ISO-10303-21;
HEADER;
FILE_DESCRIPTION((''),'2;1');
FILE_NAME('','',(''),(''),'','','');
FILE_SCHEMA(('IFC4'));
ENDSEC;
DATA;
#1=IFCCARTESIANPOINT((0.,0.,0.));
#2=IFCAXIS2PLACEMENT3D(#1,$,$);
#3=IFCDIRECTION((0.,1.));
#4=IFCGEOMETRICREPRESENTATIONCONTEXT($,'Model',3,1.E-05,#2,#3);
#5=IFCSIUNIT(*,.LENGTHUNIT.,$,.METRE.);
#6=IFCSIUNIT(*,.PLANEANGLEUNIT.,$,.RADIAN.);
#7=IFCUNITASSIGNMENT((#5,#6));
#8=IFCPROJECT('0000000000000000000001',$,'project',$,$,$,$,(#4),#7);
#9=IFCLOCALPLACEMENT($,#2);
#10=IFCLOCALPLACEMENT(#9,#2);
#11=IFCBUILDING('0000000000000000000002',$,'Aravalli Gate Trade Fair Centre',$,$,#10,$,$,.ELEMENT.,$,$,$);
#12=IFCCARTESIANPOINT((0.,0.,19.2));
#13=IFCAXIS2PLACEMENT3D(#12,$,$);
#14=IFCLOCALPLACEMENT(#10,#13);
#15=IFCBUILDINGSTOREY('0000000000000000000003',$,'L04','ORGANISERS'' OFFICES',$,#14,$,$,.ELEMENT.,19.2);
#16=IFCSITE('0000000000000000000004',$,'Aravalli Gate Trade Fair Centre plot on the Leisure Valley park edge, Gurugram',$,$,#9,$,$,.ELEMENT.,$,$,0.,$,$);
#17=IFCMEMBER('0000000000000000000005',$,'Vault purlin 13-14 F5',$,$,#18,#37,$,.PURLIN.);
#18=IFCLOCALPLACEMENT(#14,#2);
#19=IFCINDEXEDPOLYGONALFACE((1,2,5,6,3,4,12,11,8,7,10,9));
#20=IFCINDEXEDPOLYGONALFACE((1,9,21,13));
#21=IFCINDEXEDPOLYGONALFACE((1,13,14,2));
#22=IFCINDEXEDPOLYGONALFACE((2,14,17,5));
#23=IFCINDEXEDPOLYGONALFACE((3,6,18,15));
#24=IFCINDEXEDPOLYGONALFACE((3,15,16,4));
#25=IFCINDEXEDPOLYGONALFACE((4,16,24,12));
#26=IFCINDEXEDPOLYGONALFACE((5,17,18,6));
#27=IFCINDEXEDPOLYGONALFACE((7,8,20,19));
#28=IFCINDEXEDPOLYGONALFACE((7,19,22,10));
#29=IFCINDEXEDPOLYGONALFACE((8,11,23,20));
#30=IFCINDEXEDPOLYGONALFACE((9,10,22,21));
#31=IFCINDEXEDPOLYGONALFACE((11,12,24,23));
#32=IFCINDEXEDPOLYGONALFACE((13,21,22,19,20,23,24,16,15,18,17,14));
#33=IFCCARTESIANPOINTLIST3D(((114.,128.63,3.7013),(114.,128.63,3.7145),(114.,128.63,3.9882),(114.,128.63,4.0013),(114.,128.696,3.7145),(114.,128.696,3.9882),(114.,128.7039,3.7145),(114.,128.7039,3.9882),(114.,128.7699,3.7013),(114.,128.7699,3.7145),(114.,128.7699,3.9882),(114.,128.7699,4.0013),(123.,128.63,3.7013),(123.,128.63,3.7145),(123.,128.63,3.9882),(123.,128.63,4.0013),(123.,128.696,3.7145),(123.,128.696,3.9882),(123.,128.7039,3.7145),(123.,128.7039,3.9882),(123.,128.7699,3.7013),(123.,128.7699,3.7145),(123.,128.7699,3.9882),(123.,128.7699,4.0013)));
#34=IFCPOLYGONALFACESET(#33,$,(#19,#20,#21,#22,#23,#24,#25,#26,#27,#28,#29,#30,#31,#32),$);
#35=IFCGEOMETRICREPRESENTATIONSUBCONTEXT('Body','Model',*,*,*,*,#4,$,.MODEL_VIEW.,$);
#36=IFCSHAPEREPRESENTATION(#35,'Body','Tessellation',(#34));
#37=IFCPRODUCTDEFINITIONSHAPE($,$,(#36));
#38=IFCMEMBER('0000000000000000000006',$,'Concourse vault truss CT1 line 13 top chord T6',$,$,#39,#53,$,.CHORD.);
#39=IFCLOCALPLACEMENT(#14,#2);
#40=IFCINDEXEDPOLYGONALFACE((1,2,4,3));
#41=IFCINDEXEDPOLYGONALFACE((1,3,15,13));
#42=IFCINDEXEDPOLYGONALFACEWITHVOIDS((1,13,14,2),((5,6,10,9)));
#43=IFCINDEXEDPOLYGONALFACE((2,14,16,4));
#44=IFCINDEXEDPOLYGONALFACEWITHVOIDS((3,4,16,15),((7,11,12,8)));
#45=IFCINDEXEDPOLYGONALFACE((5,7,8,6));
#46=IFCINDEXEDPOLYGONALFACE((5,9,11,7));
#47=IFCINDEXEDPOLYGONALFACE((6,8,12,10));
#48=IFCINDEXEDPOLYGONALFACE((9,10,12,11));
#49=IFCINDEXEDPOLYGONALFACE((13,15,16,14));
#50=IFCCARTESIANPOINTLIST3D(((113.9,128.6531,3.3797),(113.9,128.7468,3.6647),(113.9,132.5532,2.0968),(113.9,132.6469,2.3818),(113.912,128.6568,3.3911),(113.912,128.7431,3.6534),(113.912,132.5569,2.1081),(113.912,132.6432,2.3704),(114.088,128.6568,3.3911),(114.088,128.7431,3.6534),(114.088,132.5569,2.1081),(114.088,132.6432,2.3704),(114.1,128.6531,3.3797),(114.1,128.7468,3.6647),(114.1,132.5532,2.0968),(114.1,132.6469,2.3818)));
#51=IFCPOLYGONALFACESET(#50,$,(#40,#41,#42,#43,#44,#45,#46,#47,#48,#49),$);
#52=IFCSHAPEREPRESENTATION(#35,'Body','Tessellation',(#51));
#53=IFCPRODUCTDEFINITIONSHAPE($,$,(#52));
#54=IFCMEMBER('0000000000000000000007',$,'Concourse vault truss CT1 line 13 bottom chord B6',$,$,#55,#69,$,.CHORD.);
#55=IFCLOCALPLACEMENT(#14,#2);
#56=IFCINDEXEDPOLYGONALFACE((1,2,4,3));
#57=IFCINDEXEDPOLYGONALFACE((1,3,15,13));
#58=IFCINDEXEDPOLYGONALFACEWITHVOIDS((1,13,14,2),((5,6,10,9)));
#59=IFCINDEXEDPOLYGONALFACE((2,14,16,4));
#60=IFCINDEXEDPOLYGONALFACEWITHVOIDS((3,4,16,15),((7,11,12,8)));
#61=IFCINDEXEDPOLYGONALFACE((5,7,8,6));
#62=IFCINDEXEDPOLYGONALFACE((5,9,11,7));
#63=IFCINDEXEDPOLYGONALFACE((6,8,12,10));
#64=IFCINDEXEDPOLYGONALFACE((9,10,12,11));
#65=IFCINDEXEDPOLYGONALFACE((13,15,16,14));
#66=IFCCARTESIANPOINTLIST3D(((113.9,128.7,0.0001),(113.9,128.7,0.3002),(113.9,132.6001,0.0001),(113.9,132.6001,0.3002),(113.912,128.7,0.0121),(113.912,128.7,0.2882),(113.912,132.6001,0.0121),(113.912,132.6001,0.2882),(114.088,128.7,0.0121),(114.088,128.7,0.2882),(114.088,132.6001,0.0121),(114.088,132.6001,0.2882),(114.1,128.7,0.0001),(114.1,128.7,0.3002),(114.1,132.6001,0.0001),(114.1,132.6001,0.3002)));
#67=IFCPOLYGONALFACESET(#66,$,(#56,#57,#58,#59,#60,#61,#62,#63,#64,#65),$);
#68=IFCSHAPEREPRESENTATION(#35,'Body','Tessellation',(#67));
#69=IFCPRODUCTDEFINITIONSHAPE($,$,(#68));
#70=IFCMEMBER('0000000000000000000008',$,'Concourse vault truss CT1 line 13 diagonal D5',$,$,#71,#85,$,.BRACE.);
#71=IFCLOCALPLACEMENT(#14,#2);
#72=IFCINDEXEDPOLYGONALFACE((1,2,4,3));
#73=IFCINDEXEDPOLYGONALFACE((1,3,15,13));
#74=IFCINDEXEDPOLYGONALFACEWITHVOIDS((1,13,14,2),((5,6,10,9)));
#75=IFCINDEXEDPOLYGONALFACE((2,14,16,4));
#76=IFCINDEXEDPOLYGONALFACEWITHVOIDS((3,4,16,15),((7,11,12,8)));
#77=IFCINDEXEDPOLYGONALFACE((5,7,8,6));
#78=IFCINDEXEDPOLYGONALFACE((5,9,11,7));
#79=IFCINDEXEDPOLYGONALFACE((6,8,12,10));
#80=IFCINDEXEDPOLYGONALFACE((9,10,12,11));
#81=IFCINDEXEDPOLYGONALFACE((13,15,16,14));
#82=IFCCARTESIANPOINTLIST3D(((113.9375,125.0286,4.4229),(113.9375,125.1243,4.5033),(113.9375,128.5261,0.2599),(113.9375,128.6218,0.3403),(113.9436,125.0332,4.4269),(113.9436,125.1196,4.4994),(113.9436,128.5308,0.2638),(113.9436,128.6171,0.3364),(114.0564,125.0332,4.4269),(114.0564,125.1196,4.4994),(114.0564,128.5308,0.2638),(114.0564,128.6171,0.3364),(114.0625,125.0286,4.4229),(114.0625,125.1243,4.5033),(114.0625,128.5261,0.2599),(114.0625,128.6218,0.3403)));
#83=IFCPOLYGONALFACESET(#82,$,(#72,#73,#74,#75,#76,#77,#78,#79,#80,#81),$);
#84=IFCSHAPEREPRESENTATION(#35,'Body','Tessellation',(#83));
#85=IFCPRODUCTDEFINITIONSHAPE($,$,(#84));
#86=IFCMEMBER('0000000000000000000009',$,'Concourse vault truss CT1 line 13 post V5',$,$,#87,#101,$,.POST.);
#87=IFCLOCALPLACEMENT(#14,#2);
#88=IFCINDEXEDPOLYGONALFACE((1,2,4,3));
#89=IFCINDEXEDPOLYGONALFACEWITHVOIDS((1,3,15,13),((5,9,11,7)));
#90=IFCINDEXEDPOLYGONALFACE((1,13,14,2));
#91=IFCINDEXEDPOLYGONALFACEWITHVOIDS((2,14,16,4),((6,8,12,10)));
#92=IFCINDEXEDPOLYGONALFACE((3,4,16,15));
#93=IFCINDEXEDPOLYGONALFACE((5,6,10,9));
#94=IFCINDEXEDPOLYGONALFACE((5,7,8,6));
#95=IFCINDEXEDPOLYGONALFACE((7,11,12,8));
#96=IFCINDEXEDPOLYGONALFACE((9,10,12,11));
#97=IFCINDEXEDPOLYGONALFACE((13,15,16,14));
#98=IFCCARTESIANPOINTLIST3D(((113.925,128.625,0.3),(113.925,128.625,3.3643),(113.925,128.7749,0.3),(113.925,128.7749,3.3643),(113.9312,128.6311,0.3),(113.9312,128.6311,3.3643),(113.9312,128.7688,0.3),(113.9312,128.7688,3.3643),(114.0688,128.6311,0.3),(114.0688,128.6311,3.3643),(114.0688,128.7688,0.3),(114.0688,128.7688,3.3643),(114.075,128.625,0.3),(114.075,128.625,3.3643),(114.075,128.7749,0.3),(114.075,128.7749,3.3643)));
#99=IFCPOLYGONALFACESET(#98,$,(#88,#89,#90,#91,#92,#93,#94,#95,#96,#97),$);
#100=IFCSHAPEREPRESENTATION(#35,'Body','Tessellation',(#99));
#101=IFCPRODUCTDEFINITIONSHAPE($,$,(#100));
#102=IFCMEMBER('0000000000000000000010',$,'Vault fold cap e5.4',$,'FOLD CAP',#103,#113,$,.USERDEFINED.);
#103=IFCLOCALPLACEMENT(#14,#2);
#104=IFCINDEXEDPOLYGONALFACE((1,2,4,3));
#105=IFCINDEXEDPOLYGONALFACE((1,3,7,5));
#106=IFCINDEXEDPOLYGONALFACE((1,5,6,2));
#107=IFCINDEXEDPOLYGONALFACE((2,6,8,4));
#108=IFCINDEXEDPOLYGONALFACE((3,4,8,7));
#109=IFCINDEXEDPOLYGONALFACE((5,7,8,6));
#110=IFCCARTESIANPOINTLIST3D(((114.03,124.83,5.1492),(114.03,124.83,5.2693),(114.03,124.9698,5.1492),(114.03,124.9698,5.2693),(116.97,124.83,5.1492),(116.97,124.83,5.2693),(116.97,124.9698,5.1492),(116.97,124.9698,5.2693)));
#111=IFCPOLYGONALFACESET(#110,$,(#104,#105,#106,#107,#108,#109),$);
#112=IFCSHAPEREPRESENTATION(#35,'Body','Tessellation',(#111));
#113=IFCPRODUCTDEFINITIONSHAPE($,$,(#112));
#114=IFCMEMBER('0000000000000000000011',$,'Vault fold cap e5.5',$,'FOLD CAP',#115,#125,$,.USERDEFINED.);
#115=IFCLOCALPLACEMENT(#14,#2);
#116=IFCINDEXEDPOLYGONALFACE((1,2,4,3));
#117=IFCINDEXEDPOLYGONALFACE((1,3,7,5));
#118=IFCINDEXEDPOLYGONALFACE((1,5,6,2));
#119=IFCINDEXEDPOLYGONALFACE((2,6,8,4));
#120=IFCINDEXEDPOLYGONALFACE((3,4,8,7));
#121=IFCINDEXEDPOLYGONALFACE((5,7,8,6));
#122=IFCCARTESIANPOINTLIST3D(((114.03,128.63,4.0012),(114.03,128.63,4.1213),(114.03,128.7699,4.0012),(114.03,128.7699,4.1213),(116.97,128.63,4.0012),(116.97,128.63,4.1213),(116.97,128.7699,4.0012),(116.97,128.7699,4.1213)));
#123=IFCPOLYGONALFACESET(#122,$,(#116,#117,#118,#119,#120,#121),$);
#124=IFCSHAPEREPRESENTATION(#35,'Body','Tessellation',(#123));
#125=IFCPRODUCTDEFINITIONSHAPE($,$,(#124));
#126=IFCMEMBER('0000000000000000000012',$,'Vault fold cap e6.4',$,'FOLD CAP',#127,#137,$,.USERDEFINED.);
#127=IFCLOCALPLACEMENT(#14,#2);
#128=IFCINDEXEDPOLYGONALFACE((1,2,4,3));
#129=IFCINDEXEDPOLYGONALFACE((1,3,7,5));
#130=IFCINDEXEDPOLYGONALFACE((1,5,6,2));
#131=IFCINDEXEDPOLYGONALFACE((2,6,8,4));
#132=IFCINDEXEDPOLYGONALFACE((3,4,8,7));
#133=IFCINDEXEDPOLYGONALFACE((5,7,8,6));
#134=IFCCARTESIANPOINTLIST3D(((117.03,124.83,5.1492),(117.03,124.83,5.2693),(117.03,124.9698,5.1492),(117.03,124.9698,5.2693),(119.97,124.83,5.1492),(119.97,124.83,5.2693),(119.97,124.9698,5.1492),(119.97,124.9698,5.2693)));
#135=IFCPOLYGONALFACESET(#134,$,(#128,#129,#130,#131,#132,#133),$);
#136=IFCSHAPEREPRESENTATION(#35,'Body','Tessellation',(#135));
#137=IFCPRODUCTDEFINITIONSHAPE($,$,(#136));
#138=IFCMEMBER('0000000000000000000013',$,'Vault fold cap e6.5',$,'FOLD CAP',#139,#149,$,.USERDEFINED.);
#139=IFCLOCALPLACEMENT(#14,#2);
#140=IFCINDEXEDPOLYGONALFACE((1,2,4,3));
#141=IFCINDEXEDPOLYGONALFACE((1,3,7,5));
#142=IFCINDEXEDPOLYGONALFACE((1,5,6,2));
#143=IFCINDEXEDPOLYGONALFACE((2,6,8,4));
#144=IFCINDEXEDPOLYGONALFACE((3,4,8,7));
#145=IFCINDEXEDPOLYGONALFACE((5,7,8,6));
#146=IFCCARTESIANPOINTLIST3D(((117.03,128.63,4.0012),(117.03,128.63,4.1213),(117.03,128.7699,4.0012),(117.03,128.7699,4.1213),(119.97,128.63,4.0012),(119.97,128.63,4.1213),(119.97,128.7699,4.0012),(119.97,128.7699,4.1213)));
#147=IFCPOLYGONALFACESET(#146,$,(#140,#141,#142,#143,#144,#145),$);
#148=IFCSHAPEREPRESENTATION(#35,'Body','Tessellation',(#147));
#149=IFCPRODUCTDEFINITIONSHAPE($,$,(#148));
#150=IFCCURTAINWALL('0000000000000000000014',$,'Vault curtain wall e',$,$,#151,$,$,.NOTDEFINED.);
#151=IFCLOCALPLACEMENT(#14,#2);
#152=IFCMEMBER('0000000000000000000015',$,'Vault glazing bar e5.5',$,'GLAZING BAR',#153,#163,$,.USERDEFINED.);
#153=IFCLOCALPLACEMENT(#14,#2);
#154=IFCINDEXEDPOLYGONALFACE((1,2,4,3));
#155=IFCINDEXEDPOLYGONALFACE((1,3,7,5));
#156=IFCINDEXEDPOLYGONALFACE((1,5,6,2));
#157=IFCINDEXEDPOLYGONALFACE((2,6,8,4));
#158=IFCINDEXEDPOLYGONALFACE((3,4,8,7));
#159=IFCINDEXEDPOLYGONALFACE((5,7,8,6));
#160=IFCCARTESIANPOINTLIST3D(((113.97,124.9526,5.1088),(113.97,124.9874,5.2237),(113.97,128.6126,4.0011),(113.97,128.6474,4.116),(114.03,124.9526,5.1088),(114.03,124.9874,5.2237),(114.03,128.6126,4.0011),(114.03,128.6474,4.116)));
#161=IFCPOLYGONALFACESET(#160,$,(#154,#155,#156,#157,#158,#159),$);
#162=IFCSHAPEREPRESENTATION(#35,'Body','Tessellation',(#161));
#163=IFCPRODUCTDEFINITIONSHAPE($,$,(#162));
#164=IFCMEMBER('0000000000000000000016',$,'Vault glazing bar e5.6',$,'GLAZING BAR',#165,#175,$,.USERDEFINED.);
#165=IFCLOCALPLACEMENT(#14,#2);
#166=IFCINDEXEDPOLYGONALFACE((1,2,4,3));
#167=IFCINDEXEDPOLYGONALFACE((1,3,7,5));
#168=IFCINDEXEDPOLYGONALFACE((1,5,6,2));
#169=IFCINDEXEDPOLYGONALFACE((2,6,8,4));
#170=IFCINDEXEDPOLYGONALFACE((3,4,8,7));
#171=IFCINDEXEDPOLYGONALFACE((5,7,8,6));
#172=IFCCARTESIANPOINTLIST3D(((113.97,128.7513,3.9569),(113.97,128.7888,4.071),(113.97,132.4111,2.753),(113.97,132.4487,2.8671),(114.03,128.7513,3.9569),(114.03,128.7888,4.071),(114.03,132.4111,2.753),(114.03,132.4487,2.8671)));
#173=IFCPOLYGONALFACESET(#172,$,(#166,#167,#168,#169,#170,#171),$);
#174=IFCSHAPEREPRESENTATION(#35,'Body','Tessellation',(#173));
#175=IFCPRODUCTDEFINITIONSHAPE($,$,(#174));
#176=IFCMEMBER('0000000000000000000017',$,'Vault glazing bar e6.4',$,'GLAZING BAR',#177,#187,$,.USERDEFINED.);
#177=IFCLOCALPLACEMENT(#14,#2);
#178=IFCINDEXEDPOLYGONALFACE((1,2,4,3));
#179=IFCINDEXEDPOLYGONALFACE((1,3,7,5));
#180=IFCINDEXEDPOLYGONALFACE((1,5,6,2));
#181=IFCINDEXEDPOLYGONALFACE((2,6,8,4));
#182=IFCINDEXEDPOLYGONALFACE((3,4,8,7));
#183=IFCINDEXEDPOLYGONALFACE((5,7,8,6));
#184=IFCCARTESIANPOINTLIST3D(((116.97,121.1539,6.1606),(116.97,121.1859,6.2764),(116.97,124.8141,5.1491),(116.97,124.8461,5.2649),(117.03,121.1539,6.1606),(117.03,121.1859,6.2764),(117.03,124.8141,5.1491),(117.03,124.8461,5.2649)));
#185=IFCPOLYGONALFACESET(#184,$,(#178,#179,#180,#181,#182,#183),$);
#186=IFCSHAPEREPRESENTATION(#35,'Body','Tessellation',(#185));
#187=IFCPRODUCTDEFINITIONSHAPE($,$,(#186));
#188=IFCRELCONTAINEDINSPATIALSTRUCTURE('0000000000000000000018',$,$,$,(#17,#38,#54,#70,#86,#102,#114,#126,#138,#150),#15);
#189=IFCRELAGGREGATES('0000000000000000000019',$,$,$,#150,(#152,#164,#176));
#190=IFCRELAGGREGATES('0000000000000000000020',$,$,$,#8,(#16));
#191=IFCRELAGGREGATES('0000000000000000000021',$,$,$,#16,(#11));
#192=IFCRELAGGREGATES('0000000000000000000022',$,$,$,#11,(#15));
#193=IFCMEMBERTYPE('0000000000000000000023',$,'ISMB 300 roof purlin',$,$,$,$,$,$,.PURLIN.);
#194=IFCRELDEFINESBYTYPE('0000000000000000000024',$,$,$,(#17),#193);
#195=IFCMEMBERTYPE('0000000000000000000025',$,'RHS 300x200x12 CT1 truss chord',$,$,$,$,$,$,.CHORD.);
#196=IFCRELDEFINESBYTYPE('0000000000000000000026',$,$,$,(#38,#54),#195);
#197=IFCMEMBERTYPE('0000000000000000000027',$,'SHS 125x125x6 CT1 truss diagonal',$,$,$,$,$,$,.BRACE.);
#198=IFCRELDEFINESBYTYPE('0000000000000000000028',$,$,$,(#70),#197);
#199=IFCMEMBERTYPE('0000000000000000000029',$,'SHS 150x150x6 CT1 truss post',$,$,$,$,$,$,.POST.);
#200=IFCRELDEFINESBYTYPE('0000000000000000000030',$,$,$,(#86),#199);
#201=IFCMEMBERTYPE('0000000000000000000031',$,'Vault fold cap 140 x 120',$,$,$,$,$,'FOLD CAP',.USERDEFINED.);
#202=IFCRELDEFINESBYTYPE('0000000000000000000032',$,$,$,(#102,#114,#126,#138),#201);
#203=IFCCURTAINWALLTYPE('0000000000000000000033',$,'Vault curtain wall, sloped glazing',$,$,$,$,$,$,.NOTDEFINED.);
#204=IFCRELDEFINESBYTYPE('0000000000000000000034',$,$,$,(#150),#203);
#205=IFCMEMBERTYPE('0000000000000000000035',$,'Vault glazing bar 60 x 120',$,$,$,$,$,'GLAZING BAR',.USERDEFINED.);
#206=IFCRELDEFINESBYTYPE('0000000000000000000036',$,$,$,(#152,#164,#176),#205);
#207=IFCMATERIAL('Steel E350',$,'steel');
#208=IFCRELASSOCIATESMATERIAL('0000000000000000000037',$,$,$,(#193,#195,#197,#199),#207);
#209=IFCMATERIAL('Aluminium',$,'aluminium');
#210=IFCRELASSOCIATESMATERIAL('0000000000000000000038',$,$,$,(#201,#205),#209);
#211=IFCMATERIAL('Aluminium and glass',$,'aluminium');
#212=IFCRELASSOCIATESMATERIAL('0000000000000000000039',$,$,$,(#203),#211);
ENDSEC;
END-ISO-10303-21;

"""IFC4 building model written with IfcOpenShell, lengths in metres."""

from ifc_helpers import new_model, si_unit, direction, frame, origin, origin_2d, place, context, subcontext, project, spatial, rectangle, hollow_rectangle, i_section, extrude, material, material_profile, profile_set, type_object, element, aggregate, save


model = new_model("IFC4")

# Units and contexts
model_context = context("Model", 3, precision=1e-05, world=origin(), true_north=direction((0.0, 1.0)))
body_context = subcontext(model_context, "Body", "Model", "MODEL_VIEW")
ifc_project = project(units=[si_unit("LENGTHUNIT", "METRE"), si_unit("PLANEANGLEUNIT", "RADIAN")], contexts=[model_context])

# Site, building, storey
site_placement = place(None, origin())
site = spatial("IfcSite", under=ifc_project, at=site_placement, Name="Aravalli Gate Trade Fair Centre plot on the Leisure Valley park edge, Gurugram", CompositionType="ELEMENT", RefElevation=0.0)
building_placement = place(site_placement, origin())
building = spatial("IfcBuilding", under=site, at=building_placement, Name="Aravalli Gate Trade Fair Centre", CompositionType="ELEMENT")
storey_placement = place(building_placement, frame((0.0, 0.0, 19.2)))
storey = spatial("IfcBuildingStorey", under=building, at=storey_placement, Name="L04", Description="ORGANISERS' OFFICES", CompositionType="ELEMENT", Elevation=19.2)

# Members
ifc_material_1 = material(Name="Steel E350", Category="steel")
ifc_material_profile_1 = material_profile(ifc_material_1, i_section(OverallWidth=0.1399, OverallDepth=0.3, WebThickness=0.0078, FlangeThickness=0.0132, at=origin_2d()), Name="ISMB 300")
ifc_profile_set_1 = profile_set([ifc_material_profile_1], Name="Steel E350")
member_type_1 = type_object("IfcMemberType", Name="ISMB 300 roof purlin", PredefinedType="PURLIN", material=ifc_profile_set_1)
member_1_placement = place(storey_placement, frame((114.0, 128.7, 3.8513), z_axis=(1.0, 0.0, 0.0), x_axis=(0.0, 1.0, 0.0)))
element("IfcMember", 1, at=member_1_placement, inside=storey, type_object=member_type_1, Name="Vault purlin 13-14 F5", PredefinedType="PURLIN", context=body_context, shape_type="SweptSolid", body=[
    extrude(i_section(OverallWidth=0.1399, OverallDepth=0.3, WebThickness=0.0078, FlangeThickness=0.0132, at=origin_2d()), origin(), (0.0, 0.0, 1.0), 9.0),
])
ifc_material_profile_2 = material_profile(ifc_material_1, hollow_rectangle(XDim=0.2, YDim=0.3, WallThickness=0.012, at=origin_2d()), Name="RHS 300x200x12")
ifc_profile_set_2 = profile_set([ifc_material_profile_2], Name="Steel E350")
member_type_2 = type_object("IfcMemberType", Name="RHS 300x200x12 CT1 truss chord", PredefinedType="CHORD", material=ifc_profile_set_2)
member_2_placement = place(storey_placement, frame((114.0, 128.7, 3.5222), z_axis=(0.0, 0.949925, -0.312479), x_axis=(-1.0, 0.0, 0.0)))
element("IfcMember", 2, at=member_2_placement, inside=storey, type_object=member_type_2, Name="Concourse vault truss CT1 line 13 top chord T6", PredefinedType="CHORD", context=body_context, shape_type="SweptSolid", body=[
    extrude(hollow_rectangle(XDim=0.2, YDim=0.3, WallThickness=0.012, at=origin_2d()), origin(), (0.0, 0.0, 1.0), 4.1057),
])
member_3_placement = place(storey_placement, frame((114.0, 128.7, 0.1501), z_axis=(0.0, 1.0, 0.0), x_axis=(-1.0, 0.0, 0.0)))
element("IfcMember", 3, at=member_3_placement, inside=storey, type_object=member_type_2, Name="Concourse vault truss CT1 line 13 bottom chord B6", PredefinedType="CHORD", context=body_context, shape_type="SweptSolid", body=[
    extrude(hollow_rectangle(XDim=0.2, YDim=0.3, WallThickness=0.012, at=origin_2d()), origin(), (0.0, 0.0, 1.0), 3.9001),
])
ifc_material_profile_3 = material_profile(ifc_material_1, hollow_rectangle(XDim=0.125, YDim=0.125, WallThickness=0.0061, at=origin_2d()), Name="SHS 125x125x6")
ifc_profile_set_3 = profile_set([ifc_material_profile_3], Name="Steel E350")
member_type_3 = type_object("IfcMemberType", Name="SHS 125x125x6 CT1 truss diagonal", PredefinedType="BRACE", material=ifc_profile_set_3)
member_4_placement = place(storey_placement, frame((114.0, 125.0764, 4.4631), z_axis=(0.0, 0.643253, -0.765654), x_axis=(-1.0, 0.0, 0.0)))
element("IfcMember", 4, at=member_4_placement, inside=storey, type_object=member_type_3, Name="Concourse vault truss CT1 line 13 diagonal D5", PredefinedType="BRACE", context=body_context, shape_type="SweptSolid", body=[
    extrude(hollow_rectangle(XDim=0.125, YDim=0.125, WallThickness=0.0061, at=origin_2d()), origin(), (0.0, 0.0, 1.0), 5.4373),
])
ifc_material_profile_4 = material_profile(ifc_material_1, hollow_rectangle(XDim=0.1499, YDim=0.1499, WallThickness=0.0061, at=origin_2d()), Name="SHS 150x150x6")
ifc_profile_set_4 = profile_set([ifc_material_profile_4], Name="Steel E350")
member_type_4 = type_object("IfcMemberType", Name="SHS 150x150x6 CT1 truss post", PredefinedType="POST", material=ifc_profile_set_4)
member_5_placement = place(storey_placement, frame((114.0, 128.7, 0.3), z_axis=(0.0, 0.0, 1.0), x_axis=(1.0, 0.0, 0.0)))
element("IfcMember", 5, at=member_5_placement, inside=storey, type_object=member_type_4, Name="Concourse vault truss CT1 line 13 post V5", PredefinedType="POST", context=body_context, shape_type="SweptSolid", body=[
    extrude(hollow_rectangle(XDim=0.1499, YDim=0.1499, WallThickness=0.0061, at=origin_2d()), origin(), (0.0, 0.0, 1.0), 3.0642),
])
ifc_material_2 = material(Name="Aluminium", Category="aluminium")
ifc_material_profile_5 = material_profile(ifc_material_2, rectangle(XDim=0.1399, YDim=0.1201, at=origin_2d()), Name="Vault fold cap 140 x 120")
ifc_profile_set_5 = profile_set([ifc_material_profile_5], Name="Aluminium")
member_type_5 = type_object("IfcMemberType", Name="Vault fold cap 140 x 120", ElementType="FOLD CAP", PredefinedType="USERDEFINED", material=ifc_profile_set_5)
for number, where, z_axis, x_axis, name in (
    (6, (114.03, 124.8999, 5.2092), (1.0, 0.0, 0.0), (0.0, 1.0, 0.0), "Vault fold cap e5.4"),
    (7, (114.03, 128.7, 4.0613), (1.0, 0.0, 0.0), (0.0, 1.0, 0.0), "Vault fold cap e5.5"),
    (8, (117.03, 124.8999, 5.2092), (1.0, 0.0, 0.0), (0.0, 1.0, 0.0), "Vault fold cap e6.4"),
    (9, (117.03, 128.7, 4.0613), (1.0, 0.0, 0.0), (0.0, 1.0, 0.0), "Vault fold cap e6.5"),
):
    element("IfcMember", number, at=place(storey_placement, frame(where, z_axis=z_axis, x_axis=x_axis)), inside=storey, type_object=member_type_5, Name=name, ObjectType="FOLD CAP", PredefinedType="USERDEFINED", context=body_context, shape_type="SweptSolid", body=[
        extrude(rectangle(XDim=0.1399, YDim=0.1201, at=origin_2d()), origin(), (0.0, 0.0, 1.0), 2.9399),
    ])

# Curtain wall, members
ifc_material_3 = material(Name="Aluminium and glass", Category="aluminium")
curtain_wall_type = type_object("IfcCurtainWallType", Name="Vault curtain wall, sloped glazing", PredefinedType="NOTDEFINED", material=ifc_material_3)
curtain_wall_placement = place(storey_placement, origin())
curtain_wall = element("IfcCurtainWall", 10, at=curtain_wall_placement, inside=storey, type_object=curtain_wall_type, Name="Vault curtain wall e", PredefinedType="NOTDEFINED")
ifc_material_profile_6 = material_profile(ifc_material_2, rectangle(XDim=0.0601, YDim=0.1201, at=origin_2d()), Name="Vault glazing bar 60 x 120")
ifc_profile_set_6 = profile_set([ifc_material_profile_6], Name="Aluminium")
member_type_6 = type_object("IfcMemberType", Name="Vault glazing bar 60 x 120", ElementType="GLAZING BAR", PredefinedType="USERDEFINED", material=ifc_profile_set_6)
member_6_placement = place(storey_placement, frame((114.0, 124.97, 5.1663), z_axis=(0.0, 0.957126, -0.289672), x_axis=(-1.0, 0.0, 0.0)))
member_6 = element("IfcMember", 11, at=member_6_placement, type_object=member_type_6, Name="Vault glazing bar e5.5", ObjectType="GLAZING BAR", PredefinedType="USERDEFINED", context=body_context, shape_type="SweptSolid", body=[
    extrude(rectangle(XDim=0.0601, YDim=0.1201, at=origin_2d()), origin(), (0.0, 0.0, 1.0), 3.824),
])
member_7_placement = place(storey_placement, frame((114.0, 128.77, 4.0139), z_axis=(0.0, 0.94993, -0.312461), x_axis=(-1.0, 0.0, 0.0)))
member_7 = element("IfcMember", 12, at=member_7_placement, type_object=member_type_6, Name="Vault glazing bar e5.6", ObjectType="GLAZING BAR", PredefinedType="USERDEFINED", context=body_context, shape_type="SweptSolid", body=[
    extrude(rectangle(XDim=0.0601, YDim=0.1201, at=origin_2d()), origin(), (0.0, 0.0, 1.0), 3.8528),
])
member_8_placement = place(storey_placement, frame((117.0, 121.1699, 6.2185), z_axis=(0.0, 0.963873, -0.266364), x_axis=(-1.0, 0.0, 0.0)))
member_8 = element("IfcMember", 13, at=member_8_placement, type_object=member_type_6, Name="Vault glazing bar e6.4", ObjectType="GLAZING BAR", PredefinedType="USERDEFINED", context=body_context, shape_type="SweptSolid", body=[
    extrude(rectangle(XDim=0.0601, YDim=0.1201, at=origin_2d()), origin(), (0.0, 0.0, 1.0), 3.7974),
])
aggregate(curtain_wall, [member_6, member_7, member_8])

save(model, "model.ifc")
